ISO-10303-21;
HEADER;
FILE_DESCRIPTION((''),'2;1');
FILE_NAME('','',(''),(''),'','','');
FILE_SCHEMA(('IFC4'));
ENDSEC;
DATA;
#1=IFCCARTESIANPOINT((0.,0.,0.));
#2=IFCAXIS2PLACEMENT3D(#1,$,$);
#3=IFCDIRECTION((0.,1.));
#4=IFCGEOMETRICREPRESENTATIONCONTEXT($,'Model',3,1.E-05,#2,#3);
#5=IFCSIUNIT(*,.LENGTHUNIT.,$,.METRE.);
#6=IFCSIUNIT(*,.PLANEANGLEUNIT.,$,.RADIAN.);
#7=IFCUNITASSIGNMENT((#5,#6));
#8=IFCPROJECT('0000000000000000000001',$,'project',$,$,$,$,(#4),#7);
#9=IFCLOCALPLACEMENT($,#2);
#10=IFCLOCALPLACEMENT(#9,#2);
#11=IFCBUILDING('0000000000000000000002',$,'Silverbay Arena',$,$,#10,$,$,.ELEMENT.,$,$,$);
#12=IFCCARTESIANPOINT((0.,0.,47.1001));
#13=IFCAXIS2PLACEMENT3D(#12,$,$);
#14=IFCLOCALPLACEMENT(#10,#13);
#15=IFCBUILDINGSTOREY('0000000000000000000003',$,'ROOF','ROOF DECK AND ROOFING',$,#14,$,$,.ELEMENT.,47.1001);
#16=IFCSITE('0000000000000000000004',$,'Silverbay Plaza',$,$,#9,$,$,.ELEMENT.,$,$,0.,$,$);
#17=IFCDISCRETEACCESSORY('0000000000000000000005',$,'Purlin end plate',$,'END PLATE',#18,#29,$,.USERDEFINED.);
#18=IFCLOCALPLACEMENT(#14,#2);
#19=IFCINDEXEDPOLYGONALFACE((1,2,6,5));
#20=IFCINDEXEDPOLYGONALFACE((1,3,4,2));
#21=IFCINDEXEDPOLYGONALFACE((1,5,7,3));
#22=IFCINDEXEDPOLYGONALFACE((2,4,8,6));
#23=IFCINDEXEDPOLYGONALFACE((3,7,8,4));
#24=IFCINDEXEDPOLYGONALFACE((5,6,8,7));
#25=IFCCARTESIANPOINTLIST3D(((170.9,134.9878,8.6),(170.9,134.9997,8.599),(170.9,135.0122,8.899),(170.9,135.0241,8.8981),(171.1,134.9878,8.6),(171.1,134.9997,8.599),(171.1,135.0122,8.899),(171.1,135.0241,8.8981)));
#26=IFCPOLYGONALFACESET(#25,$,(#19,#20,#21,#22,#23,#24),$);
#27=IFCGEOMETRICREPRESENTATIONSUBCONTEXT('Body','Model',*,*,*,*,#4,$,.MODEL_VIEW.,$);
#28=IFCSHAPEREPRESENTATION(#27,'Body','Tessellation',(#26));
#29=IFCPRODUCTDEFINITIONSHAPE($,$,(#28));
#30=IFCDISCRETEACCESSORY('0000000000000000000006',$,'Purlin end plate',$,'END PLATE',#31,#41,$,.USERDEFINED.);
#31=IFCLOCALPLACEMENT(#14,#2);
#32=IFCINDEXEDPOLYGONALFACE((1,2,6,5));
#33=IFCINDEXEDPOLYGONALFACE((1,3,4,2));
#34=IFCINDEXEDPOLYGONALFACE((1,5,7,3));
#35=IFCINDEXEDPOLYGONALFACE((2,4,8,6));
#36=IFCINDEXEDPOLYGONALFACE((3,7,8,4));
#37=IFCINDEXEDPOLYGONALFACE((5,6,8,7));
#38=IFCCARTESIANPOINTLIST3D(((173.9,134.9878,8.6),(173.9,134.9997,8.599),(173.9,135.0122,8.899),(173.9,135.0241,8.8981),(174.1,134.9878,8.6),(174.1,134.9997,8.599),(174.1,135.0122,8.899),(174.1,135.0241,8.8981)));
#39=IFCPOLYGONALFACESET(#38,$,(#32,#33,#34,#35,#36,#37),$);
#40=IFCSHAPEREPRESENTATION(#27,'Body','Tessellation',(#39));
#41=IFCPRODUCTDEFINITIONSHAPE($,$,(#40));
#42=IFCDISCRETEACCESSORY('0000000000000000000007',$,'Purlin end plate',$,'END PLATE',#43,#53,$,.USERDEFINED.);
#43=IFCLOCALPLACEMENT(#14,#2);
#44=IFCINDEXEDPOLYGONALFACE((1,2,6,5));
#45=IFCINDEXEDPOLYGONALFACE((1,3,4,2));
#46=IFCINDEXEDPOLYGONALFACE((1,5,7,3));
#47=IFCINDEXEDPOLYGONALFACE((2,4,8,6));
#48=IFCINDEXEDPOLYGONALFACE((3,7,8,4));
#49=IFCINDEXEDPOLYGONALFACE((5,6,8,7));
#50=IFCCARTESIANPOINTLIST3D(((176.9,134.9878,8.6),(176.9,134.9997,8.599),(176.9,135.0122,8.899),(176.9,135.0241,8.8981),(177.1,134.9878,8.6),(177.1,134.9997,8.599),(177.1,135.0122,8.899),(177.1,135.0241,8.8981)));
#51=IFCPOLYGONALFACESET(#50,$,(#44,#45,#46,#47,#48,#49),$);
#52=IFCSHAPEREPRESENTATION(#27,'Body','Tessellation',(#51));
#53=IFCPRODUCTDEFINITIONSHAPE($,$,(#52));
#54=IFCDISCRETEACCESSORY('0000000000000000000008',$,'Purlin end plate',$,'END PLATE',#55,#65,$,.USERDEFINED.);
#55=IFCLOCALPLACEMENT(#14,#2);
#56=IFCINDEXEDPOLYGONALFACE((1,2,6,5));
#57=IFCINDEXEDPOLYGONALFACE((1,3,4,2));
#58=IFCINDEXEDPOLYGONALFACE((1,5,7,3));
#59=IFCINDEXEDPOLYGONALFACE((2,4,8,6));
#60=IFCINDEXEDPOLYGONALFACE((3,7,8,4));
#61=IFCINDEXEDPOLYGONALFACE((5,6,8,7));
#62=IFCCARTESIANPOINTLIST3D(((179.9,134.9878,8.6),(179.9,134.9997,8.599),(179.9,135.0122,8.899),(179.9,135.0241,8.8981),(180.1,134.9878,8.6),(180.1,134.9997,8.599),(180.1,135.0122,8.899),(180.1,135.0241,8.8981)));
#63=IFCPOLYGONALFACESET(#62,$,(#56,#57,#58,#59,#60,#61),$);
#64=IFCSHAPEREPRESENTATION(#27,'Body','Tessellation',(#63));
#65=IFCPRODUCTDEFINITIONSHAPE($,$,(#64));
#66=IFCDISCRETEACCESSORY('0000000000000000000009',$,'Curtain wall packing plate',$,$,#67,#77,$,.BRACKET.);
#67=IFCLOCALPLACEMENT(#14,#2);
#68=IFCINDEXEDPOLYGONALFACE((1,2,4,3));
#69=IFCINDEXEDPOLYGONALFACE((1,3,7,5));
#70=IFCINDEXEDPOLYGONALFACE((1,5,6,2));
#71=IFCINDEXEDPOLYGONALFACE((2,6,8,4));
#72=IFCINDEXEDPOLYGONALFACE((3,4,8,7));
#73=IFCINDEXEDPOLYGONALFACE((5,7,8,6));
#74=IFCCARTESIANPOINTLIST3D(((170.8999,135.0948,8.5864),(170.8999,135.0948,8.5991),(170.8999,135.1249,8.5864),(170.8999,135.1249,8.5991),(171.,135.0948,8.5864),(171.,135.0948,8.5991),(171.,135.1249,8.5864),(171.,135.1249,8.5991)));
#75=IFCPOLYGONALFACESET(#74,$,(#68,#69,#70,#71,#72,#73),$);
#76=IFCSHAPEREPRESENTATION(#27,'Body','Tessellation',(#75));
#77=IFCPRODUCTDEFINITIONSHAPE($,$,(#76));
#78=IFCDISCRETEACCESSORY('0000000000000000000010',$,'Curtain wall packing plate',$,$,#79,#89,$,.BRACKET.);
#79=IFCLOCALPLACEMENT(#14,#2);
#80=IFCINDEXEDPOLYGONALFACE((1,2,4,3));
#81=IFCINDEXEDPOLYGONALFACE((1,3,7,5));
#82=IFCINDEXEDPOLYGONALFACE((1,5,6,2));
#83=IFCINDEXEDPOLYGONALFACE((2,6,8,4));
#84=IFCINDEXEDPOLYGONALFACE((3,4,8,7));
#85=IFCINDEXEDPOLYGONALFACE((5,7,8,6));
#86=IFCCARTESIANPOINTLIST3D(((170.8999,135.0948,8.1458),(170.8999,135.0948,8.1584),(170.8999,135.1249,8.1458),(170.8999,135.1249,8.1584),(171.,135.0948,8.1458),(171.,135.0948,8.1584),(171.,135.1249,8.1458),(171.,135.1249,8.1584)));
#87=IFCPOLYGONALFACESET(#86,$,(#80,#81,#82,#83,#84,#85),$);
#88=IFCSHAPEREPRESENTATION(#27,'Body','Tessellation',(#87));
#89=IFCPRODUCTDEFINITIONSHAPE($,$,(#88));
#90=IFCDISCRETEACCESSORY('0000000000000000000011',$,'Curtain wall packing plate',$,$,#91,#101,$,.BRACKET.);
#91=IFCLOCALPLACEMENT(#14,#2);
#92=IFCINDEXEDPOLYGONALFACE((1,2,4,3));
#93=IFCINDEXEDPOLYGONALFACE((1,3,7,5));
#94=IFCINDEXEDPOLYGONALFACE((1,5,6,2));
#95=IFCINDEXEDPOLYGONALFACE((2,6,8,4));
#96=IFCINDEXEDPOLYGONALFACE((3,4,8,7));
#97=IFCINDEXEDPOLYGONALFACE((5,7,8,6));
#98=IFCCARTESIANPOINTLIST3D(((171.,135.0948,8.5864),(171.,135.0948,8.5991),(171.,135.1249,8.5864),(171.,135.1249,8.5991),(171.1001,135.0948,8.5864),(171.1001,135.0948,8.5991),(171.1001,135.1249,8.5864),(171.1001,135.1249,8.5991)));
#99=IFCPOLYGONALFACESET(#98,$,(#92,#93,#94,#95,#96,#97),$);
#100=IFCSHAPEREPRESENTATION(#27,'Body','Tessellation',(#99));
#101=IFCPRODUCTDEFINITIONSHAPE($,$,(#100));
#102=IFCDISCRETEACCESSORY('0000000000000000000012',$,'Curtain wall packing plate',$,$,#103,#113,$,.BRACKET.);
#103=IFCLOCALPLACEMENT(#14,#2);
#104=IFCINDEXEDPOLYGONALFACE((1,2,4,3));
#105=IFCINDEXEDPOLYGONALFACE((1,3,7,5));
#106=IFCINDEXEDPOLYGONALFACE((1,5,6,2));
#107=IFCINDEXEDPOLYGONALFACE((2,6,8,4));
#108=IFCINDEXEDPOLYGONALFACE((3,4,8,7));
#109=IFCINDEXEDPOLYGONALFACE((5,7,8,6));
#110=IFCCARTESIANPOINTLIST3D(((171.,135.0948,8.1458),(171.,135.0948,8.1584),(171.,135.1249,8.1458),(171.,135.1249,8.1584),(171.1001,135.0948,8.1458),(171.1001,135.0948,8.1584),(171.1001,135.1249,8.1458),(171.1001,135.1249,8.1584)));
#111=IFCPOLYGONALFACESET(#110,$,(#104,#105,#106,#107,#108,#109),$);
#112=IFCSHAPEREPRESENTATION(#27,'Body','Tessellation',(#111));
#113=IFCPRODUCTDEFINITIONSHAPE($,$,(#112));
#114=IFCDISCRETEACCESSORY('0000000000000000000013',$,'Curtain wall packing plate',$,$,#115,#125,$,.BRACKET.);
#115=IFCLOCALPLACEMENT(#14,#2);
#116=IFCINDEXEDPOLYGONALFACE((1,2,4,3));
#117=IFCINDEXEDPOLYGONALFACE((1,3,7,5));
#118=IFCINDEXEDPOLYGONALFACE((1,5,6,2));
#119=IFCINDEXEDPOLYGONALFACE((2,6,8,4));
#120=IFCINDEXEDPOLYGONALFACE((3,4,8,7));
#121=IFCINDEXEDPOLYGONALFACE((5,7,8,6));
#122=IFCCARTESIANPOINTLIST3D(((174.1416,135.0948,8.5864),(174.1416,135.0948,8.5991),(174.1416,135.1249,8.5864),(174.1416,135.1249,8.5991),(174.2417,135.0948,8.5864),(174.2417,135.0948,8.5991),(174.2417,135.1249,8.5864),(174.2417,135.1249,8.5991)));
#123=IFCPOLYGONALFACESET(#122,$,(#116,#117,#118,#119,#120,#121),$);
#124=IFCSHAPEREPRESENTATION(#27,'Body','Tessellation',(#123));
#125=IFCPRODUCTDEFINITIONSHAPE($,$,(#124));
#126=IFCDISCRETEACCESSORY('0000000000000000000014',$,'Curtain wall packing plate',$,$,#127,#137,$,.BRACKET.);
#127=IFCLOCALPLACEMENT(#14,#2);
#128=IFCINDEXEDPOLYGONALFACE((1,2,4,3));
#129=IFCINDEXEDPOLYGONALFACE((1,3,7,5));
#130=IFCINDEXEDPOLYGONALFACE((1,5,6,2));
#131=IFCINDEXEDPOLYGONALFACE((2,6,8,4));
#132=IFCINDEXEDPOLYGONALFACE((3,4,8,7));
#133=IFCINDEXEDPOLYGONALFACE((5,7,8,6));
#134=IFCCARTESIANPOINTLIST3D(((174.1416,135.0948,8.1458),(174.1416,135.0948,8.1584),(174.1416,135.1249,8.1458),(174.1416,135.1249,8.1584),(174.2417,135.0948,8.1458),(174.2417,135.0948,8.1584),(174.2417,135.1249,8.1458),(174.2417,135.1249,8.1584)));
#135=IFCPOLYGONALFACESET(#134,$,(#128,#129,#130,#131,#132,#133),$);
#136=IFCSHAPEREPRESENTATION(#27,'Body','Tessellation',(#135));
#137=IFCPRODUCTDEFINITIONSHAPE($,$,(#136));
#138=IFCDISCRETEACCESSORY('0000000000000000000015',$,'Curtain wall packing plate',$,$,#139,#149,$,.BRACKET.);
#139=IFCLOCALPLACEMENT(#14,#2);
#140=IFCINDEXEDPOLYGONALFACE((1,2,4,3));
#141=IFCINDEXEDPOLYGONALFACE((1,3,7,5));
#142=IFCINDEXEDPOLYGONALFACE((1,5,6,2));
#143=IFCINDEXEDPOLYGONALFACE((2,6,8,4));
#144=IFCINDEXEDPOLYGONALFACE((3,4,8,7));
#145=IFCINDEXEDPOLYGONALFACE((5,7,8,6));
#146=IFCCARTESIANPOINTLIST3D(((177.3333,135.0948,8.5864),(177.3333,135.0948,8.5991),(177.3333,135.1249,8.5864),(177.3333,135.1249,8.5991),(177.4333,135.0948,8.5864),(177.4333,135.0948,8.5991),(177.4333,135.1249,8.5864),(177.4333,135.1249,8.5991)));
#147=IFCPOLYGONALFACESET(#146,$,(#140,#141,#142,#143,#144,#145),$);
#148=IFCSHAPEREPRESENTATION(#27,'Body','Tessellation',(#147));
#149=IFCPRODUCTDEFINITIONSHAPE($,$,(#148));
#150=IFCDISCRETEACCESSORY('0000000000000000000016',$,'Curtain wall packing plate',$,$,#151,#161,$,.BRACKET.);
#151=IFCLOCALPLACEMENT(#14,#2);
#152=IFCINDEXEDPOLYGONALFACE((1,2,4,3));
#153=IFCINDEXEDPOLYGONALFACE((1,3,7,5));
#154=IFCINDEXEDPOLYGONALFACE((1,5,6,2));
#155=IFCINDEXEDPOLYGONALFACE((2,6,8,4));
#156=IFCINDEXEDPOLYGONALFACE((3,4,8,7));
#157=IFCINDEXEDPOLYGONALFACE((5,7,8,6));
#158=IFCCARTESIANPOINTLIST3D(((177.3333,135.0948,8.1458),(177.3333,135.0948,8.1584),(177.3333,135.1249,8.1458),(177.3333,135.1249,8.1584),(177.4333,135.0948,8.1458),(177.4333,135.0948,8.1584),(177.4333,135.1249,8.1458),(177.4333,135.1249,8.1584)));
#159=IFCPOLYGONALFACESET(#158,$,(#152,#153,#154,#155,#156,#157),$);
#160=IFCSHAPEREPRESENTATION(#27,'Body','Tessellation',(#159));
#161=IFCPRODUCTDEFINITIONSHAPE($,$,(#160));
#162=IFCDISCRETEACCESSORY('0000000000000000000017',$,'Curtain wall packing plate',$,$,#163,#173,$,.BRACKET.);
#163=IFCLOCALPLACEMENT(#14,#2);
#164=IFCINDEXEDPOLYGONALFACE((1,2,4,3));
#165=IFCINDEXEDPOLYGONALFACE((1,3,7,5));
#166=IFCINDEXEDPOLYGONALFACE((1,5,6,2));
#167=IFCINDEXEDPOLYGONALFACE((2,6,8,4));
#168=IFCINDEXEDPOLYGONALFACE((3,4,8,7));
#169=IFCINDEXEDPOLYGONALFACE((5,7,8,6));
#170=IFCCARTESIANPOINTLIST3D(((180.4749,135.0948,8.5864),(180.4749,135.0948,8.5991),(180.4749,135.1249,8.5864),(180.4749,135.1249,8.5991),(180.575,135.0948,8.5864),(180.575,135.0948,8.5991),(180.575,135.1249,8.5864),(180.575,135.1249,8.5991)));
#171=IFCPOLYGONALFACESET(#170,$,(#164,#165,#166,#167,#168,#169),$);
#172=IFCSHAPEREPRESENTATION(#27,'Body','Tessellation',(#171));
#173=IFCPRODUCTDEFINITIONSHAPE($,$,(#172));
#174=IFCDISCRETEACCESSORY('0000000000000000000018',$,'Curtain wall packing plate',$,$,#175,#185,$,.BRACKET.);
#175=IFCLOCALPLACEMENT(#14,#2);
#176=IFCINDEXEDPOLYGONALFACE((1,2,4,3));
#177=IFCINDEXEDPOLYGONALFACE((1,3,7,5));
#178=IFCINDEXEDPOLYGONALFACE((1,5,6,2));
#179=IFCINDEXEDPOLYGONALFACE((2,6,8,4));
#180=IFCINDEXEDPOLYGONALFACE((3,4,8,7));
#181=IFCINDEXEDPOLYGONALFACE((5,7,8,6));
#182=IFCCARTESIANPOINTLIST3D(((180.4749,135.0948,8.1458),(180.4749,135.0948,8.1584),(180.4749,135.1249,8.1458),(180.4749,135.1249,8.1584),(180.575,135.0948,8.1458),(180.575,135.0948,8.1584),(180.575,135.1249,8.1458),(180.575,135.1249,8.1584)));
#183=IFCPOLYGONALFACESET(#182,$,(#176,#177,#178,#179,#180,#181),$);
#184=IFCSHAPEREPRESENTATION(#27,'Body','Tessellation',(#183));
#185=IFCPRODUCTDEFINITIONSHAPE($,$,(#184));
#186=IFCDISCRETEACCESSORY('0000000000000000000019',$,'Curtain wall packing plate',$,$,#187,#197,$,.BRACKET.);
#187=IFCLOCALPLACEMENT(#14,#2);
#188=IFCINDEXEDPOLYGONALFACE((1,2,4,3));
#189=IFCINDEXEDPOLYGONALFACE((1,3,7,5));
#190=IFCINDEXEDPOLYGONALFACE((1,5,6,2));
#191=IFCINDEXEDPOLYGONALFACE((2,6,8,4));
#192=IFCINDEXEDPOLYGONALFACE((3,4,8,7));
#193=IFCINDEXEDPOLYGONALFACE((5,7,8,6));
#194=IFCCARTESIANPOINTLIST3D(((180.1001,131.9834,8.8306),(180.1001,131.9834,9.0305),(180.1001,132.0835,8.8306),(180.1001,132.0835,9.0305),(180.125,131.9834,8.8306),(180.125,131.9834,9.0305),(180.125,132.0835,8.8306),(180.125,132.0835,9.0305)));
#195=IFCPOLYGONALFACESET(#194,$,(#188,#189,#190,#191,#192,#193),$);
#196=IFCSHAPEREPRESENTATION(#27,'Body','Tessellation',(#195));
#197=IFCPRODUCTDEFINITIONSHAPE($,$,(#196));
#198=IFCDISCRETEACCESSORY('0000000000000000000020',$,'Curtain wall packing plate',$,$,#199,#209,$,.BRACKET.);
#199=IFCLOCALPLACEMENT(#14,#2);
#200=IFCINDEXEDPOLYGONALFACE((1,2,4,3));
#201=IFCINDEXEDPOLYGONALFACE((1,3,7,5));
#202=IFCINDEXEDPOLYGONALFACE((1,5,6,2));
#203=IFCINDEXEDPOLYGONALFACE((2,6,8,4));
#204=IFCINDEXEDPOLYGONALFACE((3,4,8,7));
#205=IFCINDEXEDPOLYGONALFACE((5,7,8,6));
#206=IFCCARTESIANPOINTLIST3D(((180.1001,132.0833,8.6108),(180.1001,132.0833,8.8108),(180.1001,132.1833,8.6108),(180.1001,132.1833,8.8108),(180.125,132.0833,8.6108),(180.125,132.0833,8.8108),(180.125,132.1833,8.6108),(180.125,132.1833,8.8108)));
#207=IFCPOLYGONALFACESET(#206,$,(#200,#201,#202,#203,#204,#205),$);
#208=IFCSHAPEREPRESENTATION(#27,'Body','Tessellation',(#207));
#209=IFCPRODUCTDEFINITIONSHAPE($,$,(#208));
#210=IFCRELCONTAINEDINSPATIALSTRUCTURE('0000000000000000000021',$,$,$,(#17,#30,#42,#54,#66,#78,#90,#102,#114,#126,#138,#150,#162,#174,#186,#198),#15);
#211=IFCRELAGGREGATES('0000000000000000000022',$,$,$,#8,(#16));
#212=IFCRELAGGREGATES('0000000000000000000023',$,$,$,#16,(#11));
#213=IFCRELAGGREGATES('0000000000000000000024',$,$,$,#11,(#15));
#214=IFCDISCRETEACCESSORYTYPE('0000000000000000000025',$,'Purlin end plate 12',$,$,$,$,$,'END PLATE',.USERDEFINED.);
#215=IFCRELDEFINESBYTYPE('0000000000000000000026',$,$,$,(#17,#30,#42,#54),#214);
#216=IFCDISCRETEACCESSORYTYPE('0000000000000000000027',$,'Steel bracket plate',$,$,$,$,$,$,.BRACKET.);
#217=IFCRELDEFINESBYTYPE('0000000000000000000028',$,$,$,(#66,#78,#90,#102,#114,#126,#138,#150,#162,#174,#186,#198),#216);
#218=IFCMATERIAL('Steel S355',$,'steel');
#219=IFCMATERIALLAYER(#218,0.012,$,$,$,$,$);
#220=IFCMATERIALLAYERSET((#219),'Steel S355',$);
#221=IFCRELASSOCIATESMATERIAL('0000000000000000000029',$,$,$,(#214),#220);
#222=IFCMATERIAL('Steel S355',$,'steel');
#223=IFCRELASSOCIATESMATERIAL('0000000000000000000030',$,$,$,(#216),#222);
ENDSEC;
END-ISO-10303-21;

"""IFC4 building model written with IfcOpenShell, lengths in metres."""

from ifc_helpers import new_model, si_unit, direction, frame, origin, origin_2d, place, context, subcontext, project, spatial, rectangle, extrude, material, layer, layer_set, type_object, element, save


model = new_model("IFC4")

# Units and contexts
model_context = context("Model", 3, precision=1e-05, world=origin(), true_north=direction((0.0, 1.0)))
body_context = subcontext(model_context, "Body", "Model", "MODEL_VIEW")
ifc_project = project(units=[si_unit("LENGTHUNIT", "METRE"), si_unit("PLANEANGLEUNIT", "RADIAN")], contexts=[model_context])

# Site, building, storey
site_placement = place(None, origin())
site = spatial("IfcSite", under=ifc_project, at=site_placement, Name="Silverbay Plaza", CompositionType="ELEMENT", RefElevation=0.0)
building_placement = place(site_placement, origin())
building = spatial("IfcBuilding", under=site, at=building_placement, Name="Silverbay Arena", CompositionType="ELEMENT")
storey_placement = place(building_placement, frame((0.0, 0.0, 47.1001)))
storey = spatial("IfcBuildingStorey", under=building, at=storey_placement, Name="ROOF", Description="ROOF DECK AND ROOFING", CompositionType="ELEMENT", Elevation=47.1001)

# Discrete accessories
ifc_material_1 = material(Name="Steel S355", Category="steel")
ifc_layer_1 = layer(ifc_material_1, 0.012)
ifc_layer_set_1 = layer_set([ifc_layer_1], Name="Steel S355")
discrete_accessory_type_1 = type_object("IfcDiscreteAccessoryType", Name="Purlin end plate 12", ElementType="END PLATE", PredefinedType="USERDEFINED", material=ifc_layer_set_1)
for number, where, z_axis, x_axis, name in (
    (1, (171.0, 135.0, 8.7495), (0.0, 0.996685, -0.081362), (-1.0, 0.0, 0.0), "Purlin end plate"),
    (2, (174.0, 135.0, 8.7495), (0.0, 0.996685, -0.081362), (-1.0, 0.0, 0.0), "Purlin end plate"),
    (3, (177.0, 135.0, 8.7495), (0.0, 0.996685, -0.081362), (-1.0, 0.0, 0.0), "Purlin end plate"),
    (4, (180.0, 135.0, 8.7495), (0.0, 0.996685, -0.081362), (-1.0, 0.0, 0.0), "Purlin end plate"),
):
    element("IfcDiscreteAccessory", number, at=place(storey_placement, frame(where, z_axis=z_axis, x_axis=x_axis)), inside=storey, type_object=discrete_accessory_type_1, Name=name, ObjectType="END PLATE", PredefinedType="USERDEFINED", context=body_context, shape_type="SweptSolid", body=[
        extrude(rectangle(XDim=0.2, YDim=0.3, at=origin_2d()), origin(), (0.0, 0.0, 1.0), 0.012),
    ])
ifc_material_2 = material(Name="Steel S355", Category="steel")
discrete_accessory_type_2 = type_object("IfcDiscreteAccessoryType", Name="Steel bracket plate", PredefinedType="BRACKET", material=ifc_material_2)
for number, where, z_axis, x_axis, name in (
    (5, (170.95, 135.1099, 8.5864), (0.0, 0.0, 1.0), (1.0, 0.0, 0.0), "Curtain wall packing plate"),
    (6, (170.95, 135.1099, 8.1458), (0.0, 0.0, 1.0), (1.0, 0.0, 0.0), "Curtain wall packing plate"),
    (7, (171.05, 135.1099, 8.5864), (0.0, 0.0, 1.0), (1.0, 0.0, 0.0), "Curtain wall packing plate"),
    (8, (171.05, 135.1099, 8.1458), (0.0, 0.0, 1.0), (1.0, 0.0, 0.0), "Curtain wall packing plate"),
    (9, (174.1917, 135.1099, 8.5864), (0.0, 0.0, 1.0), (1.0, 0.0, 0.0), "Curtain wall packing plate"),
    (10, (174.1917, 135.1099, 8.1458), (0.0, 0.0, 1.0), (1.0, 0.0, 0.0), "Curtain wall packing plate"),
    (11, (177.3833, 135.1099, 8.5864), (0.0, 0.0, 1.0), (1.0, 0.0, 0.0), "Curtain wall packing plate"),
    (12, (177.3833, 135.1099, 8.1458), (0.0, 0.0, 1.0), (1.0, 0.0, 0.0), "Curtain wall packing plate"),
    (13, (180.5249, 135.1099, 8.5864), (0.0, 0.0, 1.0), (1.0, 0.0, 0.0), "Curtain wall packing plate"),
    (14, (180.5249, 135.1099, 8.1458), (0.0, 0.0, 1.0), (1.0, 0.0, 0.0), "Curtain wall packing plate"),
):
    element("IfcDiscreteAccessory", number, at=place(storey_placement, frame(where, z_axis=z_axis, x_axis=x_axis)), inside=storey, type_object=discrete_accessory_type_2, Name=name, PredefinedType="BRACKET", context=body_context, shape_type="SweptSolid", body=[
        extrude(rectangle(XDim=0.1001, YDim=0.03, at=origin_2d()), origin(), (0.0, 0.0, 1.0), 0.0127),
    ])
for number, where, z_axis, x_axis, name in (
    (15, (180.1125, 132.0334, 8.8306), (0.0, 0.0, 1.0), (1.0, 0.0, 0.0), "Curtain wall packing plate"),
    (16, (180.1125, 132.1333, 8.6108), (0.0, 0.0, 1.0), (1.0, 0.0, 0.0), "Curtain wall packing plate"),
):
    element("IfcDiscreteAccessory", number, at=place(storey_placement, frame(where, z_axis=z_axis, x_axis=x_axis)), inside=storey, type_object=discrete_accessory_type_2, Name=name, PredefinedType="BRACKET", context=body_context, shape_type="SweptSolid", body=[
        extrude(rectangle(XDim=0.0249, YDim=0.1001, at=origin_2d()), origin(), (0.0, 0.0, 1.0), 0.2),
    ])

save(model, "model.ifc")
